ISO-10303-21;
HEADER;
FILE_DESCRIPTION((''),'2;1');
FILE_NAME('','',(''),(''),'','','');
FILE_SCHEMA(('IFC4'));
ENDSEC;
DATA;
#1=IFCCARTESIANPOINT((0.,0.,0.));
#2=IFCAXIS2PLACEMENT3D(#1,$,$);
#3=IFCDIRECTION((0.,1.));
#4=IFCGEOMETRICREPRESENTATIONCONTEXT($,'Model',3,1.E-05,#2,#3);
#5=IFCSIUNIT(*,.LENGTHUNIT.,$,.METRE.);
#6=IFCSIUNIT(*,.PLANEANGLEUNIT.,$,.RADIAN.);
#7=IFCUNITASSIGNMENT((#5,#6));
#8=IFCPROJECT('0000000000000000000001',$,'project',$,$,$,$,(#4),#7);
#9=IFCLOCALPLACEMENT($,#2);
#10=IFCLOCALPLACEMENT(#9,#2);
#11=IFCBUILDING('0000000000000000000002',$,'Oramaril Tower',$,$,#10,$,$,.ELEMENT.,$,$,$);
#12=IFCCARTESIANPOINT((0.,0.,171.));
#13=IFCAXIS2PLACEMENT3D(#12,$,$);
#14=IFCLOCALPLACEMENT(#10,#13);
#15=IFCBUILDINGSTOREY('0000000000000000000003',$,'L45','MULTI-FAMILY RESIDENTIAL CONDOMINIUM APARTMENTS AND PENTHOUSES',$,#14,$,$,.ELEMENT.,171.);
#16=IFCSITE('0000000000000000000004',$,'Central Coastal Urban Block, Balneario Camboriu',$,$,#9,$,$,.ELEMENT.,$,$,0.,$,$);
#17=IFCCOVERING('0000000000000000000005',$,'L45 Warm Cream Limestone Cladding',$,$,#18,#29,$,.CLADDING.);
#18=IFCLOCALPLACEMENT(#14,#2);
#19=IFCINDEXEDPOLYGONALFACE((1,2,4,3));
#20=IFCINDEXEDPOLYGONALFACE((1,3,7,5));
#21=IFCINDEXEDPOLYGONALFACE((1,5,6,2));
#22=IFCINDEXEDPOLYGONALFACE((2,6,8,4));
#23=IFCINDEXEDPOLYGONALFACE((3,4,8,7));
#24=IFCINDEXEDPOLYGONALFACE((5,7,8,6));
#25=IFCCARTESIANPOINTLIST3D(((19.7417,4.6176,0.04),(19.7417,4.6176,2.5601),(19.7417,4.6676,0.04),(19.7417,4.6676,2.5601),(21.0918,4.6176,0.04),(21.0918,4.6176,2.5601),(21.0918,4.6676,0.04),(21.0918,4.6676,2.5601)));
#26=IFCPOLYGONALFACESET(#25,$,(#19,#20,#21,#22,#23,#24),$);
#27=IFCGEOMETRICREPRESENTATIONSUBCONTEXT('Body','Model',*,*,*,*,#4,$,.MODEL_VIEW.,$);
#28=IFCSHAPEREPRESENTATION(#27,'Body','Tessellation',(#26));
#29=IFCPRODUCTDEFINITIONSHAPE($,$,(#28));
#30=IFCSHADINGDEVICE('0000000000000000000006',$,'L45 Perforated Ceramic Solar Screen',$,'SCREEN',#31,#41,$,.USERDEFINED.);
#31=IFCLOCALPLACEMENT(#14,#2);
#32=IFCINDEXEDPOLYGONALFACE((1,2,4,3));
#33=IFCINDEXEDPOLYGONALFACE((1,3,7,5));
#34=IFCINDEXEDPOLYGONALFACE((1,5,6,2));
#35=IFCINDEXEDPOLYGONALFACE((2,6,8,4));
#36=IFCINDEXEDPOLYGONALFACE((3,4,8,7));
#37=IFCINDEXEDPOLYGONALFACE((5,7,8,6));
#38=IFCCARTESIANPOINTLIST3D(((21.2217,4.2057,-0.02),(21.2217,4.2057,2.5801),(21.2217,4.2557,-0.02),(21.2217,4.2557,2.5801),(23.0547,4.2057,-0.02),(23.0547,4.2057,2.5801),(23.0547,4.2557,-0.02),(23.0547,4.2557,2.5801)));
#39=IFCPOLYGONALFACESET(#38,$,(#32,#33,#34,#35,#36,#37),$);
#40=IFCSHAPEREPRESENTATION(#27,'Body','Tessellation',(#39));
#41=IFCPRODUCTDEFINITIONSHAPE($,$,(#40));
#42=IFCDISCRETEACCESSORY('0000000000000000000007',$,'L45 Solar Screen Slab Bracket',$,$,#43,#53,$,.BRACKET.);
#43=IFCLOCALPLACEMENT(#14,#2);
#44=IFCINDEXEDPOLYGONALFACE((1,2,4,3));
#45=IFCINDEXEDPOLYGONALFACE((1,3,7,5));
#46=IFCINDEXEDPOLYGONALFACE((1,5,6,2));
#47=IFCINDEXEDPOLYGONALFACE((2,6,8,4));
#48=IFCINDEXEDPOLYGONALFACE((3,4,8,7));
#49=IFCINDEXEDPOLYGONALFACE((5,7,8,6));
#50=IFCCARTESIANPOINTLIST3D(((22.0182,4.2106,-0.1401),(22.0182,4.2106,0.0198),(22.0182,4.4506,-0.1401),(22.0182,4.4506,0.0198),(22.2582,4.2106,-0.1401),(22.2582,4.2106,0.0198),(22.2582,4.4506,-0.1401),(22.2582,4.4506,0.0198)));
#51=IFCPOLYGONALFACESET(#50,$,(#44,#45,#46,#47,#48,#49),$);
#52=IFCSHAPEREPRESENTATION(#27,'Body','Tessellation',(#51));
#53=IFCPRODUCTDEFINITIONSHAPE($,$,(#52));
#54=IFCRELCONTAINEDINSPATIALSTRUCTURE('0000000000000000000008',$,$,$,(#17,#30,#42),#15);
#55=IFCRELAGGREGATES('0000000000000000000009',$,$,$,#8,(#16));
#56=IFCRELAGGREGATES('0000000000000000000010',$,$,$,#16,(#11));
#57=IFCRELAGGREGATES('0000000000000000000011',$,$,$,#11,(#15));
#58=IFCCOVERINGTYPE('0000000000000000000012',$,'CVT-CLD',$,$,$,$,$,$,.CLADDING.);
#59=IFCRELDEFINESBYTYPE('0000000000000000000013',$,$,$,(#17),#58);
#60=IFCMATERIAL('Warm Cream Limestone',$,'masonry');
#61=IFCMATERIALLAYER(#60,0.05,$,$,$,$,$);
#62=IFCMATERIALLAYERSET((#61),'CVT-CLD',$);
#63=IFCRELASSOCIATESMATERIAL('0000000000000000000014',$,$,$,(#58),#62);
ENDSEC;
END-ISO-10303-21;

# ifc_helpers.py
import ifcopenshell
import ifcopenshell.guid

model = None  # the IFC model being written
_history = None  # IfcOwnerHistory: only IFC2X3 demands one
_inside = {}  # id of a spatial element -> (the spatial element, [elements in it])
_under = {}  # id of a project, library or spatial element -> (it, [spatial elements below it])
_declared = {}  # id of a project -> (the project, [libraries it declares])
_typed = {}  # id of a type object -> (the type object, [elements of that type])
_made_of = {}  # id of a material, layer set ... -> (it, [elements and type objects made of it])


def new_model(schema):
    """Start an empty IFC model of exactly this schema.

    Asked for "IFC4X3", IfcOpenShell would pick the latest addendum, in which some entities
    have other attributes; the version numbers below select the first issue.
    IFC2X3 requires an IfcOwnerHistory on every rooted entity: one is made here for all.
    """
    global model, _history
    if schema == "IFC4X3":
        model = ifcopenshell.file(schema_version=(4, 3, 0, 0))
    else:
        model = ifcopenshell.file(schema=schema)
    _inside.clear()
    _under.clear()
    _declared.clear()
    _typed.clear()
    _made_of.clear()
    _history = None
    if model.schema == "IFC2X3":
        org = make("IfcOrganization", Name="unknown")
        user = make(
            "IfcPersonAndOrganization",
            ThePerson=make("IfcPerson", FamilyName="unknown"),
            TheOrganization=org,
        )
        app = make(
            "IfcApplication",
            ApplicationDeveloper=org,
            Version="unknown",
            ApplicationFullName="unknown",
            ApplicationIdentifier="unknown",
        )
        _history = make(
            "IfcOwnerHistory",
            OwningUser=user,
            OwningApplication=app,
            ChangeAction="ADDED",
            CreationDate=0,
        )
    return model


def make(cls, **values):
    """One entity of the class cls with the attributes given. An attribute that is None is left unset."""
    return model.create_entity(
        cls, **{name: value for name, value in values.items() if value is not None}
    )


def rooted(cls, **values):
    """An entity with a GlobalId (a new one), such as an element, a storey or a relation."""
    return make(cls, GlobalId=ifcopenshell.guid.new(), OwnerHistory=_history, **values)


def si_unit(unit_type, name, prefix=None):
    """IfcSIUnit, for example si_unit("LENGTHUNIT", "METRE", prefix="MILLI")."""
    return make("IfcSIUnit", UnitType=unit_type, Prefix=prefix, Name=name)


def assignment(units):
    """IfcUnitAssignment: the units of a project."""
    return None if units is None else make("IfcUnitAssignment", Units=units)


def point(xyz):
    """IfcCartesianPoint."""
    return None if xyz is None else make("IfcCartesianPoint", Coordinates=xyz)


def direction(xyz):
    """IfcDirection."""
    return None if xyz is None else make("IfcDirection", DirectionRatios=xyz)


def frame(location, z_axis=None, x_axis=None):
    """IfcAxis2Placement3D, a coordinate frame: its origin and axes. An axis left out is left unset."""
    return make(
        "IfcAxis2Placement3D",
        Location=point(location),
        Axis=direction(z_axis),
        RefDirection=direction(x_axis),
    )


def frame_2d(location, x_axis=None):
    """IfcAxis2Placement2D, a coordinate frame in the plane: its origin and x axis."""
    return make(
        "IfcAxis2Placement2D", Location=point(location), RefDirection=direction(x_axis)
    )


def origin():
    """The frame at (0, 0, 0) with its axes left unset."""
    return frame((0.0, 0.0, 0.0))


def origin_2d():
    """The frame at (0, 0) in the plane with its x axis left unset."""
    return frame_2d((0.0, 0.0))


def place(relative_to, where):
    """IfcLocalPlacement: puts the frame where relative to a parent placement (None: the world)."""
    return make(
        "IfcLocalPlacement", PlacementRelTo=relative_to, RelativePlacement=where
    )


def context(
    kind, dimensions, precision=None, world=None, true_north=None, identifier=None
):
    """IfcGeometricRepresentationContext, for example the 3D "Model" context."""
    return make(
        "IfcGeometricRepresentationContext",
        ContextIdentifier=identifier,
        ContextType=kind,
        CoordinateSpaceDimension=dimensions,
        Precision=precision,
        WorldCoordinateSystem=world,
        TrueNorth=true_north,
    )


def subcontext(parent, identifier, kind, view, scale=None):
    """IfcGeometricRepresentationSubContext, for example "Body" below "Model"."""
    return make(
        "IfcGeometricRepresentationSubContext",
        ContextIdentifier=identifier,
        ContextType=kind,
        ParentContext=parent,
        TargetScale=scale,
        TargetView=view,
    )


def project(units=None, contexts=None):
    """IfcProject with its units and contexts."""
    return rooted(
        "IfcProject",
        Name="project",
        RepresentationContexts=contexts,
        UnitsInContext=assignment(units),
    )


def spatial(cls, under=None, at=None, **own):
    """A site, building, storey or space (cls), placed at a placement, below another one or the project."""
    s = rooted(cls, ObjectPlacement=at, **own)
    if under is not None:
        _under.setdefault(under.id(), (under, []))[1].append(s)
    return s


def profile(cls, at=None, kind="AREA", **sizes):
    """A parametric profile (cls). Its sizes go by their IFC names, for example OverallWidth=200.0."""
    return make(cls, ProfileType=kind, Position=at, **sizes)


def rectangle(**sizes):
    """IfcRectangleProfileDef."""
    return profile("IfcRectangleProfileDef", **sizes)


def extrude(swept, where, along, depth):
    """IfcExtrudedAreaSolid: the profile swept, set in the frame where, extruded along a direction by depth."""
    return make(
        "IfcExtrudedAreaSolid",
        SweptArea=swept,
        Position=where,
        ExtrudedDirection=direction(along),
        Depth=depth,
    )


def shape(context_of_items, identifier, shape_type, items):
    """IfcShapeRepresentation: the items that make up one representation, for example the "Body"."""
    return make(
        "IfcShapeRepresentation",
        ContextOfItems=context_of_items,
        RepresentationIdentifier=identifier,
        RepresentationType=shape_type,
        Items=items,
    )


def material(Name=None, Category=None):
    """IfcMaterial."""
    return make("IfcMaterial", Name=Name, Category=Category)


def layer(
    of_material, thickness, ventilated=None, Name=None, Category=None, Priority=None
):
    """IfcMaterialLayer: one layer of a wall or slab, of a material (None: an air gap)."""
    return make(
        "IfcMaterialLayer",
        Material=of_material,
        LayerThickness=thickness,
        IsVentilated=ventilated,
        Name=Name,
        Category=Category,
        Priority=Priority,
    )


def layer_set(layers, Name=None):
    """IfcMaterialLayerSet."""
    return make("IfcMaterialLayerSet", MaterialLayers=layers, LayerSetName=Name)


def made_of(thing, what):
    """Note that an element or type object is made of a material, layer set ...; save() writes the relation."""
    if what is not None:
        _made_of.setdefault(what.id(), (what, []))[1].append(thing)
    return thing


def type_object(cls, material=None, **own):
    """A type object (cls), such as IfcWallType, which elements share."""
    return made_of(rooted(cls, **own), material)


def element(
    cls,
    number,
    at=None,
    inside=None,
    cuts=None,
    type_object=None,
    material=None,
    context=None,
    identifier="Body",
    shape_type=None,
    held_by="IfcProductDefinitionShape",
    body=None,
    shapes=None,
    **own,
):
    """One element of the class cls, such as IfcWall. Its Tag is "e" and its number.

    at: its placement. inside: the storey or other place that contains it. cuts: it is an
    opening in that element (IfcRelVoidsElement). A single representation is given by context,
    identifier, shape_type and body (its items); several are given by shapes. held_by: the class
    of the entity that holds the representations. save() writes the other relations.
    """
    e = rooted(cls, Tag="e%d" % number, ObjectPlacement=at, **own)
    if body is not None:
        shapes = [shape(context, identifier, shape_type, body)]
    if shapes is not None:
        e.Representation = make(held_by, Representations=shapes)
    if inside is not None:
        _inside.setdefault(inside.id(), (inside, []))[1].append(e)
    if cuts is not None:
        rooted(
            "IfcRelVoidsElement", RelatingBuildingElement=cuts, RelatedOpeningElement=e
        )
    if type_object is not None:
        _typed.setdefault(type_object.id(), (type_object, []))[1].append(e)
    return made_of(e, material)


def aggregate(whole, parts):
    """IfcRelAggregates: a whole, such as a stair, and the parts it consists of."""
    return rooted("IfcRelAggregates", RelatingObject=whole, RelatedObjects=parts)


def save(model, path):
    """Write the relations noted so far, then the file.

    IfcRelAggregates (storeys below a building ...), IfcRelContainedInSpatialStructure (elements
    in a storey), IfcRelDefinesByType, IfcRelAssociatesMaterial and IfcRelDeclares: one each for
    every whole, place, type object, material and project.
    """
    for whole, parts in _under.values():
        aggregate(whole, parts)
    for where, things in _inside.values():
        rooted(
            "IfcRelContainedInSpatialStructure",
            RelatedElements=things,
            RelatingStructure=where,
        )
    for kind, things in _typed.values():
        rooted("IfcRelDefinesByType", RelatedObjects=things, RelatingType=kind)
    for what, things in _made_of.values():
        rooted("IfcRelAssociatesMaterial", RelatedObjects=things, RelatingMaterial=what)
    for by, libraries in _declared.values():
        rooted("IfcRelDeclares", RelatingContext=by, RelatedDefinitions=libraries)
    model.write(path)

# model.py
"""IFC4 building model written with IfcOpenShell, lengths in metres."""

from ifc_helpers import new_model, si_unit, direction, frame, origin, origin_2d, place, context, subcontext, project, spatial, rectangle, extrude, material, layer, layer_set, type_object, element, save


model = new_model("IFC4")

# Units and contexts
model_context = context("Model", 3, precision=1e-05, world=origin(), true_north=direction((0.0, 1.0)))
body_context = subcontext(model_context, "Body", "Model", "MODEL_VIEW")
ifc_project = project(units=[si_unit("LENGTHUNIT", "METRE"), si_unit("PLANEANGLEUNIT", "RADIAN")], contexts=[model_context])

# Site, building, storey
site_placement = place(None, origin())
site = spatial("IfcSite", under=ifc_project, at=site_placement, Name="Central Coastal Urban Block, Balneario Camboriu", CompositionType="ELEMENT", RefElevation=0.0)
building_placement = place(site_placement, origin())
building = spatial("IfcBuilding", under=site, at=building_placement, Name="Oramaril Tower", CompositionType="ELEMENT")
storey_placement = place(building_placement, frame((0.0, 0.0, 171.0)))
storey = spatial("IfcBuildingStorey", under=building, at=storey_placement, Name="L45", Description="MULTI-FAMILY RESIDENTIAL CONDOMINIUM APARTMENTS AND PENTHOUSES", CompositionType="ELEMENT", Elevation=171.0)

# Covering
ifc_material_1 = material(Name="Warm Cream Limestone", Category="masonry")
ifc_layer_1 = layer(ifc_material_1, 0.05)
ifc_layer_set_1 = layer_set([ifc_layer_1], Name="CVT-CLD")
covering_type = type_object("IfcCoveringType", Name="CVT-CLD", PredefinedType="CLADDING", material=ifc_layer_set_1)
covering_placement = place(storey_placement, frame((20.4167, 4.6426, 0.04), z_axis=(0.0, 0.0, 1.0), x_axis=(1.0, 0.0, 0.0)))
element("IfcCovering", 1, at=covering_placement, inside=storey, type_object=covering_type, Name="L45 Warm Cream Limestone Cladding", PredefinedType="CLADDING", context=body_context, shape_type="SweptSolid", body=[
    extrude(rectangle(XDim=1.3501, YDim=0.05, at=origin_2d()), origin(), (0.0, 0.0, 1.0), 2.52),
])

# Shading device
shading_device_placement = place(storey_placement, frame((22.1382, 4.2307, -0.02), z_axis=(0.0, 0.0, 1.0), x_axis=(1.0, 0.0, 0.0)))
element("IfcShadingDevice", 2, at=shading_device_placement, inside=storey, Name="L45 Perforated Ceramic Solar Screen", ObjectType="SCREEN", PredefinedType="USERDEFINED", context=body_context, shape_type="SweptSolid", body=[
    extrude(rectangle(XDim=1.833, YDim=0.05, at=origin_2d()), origin(), (0.0, 0.0, 1.0), 2.6001),
])

# Discrete accessory
discrete_accessory_placement = place(storey_placement, frame((22.1382, 4.3306, -0.1401), z_axis=(0.0, 0.0, 1.0), x_axis=(1.0, 0.0, 0.0)))
element("IfcDiscreteAccessory", 3, at=discrete_accessory_placement, inside=storey, Name="L45 Solar Screen Slab Bracket", PredefinedType="BRACKET", context=body_context, shape_type="SweptSolid", body=[
    extrude(rectangle(XDim=0.24, YDim=0.24, at=origin_2d()), origin(), (0.0, 0.0, 1.0), 0.1599),
])

save(model, "model.ifc")
